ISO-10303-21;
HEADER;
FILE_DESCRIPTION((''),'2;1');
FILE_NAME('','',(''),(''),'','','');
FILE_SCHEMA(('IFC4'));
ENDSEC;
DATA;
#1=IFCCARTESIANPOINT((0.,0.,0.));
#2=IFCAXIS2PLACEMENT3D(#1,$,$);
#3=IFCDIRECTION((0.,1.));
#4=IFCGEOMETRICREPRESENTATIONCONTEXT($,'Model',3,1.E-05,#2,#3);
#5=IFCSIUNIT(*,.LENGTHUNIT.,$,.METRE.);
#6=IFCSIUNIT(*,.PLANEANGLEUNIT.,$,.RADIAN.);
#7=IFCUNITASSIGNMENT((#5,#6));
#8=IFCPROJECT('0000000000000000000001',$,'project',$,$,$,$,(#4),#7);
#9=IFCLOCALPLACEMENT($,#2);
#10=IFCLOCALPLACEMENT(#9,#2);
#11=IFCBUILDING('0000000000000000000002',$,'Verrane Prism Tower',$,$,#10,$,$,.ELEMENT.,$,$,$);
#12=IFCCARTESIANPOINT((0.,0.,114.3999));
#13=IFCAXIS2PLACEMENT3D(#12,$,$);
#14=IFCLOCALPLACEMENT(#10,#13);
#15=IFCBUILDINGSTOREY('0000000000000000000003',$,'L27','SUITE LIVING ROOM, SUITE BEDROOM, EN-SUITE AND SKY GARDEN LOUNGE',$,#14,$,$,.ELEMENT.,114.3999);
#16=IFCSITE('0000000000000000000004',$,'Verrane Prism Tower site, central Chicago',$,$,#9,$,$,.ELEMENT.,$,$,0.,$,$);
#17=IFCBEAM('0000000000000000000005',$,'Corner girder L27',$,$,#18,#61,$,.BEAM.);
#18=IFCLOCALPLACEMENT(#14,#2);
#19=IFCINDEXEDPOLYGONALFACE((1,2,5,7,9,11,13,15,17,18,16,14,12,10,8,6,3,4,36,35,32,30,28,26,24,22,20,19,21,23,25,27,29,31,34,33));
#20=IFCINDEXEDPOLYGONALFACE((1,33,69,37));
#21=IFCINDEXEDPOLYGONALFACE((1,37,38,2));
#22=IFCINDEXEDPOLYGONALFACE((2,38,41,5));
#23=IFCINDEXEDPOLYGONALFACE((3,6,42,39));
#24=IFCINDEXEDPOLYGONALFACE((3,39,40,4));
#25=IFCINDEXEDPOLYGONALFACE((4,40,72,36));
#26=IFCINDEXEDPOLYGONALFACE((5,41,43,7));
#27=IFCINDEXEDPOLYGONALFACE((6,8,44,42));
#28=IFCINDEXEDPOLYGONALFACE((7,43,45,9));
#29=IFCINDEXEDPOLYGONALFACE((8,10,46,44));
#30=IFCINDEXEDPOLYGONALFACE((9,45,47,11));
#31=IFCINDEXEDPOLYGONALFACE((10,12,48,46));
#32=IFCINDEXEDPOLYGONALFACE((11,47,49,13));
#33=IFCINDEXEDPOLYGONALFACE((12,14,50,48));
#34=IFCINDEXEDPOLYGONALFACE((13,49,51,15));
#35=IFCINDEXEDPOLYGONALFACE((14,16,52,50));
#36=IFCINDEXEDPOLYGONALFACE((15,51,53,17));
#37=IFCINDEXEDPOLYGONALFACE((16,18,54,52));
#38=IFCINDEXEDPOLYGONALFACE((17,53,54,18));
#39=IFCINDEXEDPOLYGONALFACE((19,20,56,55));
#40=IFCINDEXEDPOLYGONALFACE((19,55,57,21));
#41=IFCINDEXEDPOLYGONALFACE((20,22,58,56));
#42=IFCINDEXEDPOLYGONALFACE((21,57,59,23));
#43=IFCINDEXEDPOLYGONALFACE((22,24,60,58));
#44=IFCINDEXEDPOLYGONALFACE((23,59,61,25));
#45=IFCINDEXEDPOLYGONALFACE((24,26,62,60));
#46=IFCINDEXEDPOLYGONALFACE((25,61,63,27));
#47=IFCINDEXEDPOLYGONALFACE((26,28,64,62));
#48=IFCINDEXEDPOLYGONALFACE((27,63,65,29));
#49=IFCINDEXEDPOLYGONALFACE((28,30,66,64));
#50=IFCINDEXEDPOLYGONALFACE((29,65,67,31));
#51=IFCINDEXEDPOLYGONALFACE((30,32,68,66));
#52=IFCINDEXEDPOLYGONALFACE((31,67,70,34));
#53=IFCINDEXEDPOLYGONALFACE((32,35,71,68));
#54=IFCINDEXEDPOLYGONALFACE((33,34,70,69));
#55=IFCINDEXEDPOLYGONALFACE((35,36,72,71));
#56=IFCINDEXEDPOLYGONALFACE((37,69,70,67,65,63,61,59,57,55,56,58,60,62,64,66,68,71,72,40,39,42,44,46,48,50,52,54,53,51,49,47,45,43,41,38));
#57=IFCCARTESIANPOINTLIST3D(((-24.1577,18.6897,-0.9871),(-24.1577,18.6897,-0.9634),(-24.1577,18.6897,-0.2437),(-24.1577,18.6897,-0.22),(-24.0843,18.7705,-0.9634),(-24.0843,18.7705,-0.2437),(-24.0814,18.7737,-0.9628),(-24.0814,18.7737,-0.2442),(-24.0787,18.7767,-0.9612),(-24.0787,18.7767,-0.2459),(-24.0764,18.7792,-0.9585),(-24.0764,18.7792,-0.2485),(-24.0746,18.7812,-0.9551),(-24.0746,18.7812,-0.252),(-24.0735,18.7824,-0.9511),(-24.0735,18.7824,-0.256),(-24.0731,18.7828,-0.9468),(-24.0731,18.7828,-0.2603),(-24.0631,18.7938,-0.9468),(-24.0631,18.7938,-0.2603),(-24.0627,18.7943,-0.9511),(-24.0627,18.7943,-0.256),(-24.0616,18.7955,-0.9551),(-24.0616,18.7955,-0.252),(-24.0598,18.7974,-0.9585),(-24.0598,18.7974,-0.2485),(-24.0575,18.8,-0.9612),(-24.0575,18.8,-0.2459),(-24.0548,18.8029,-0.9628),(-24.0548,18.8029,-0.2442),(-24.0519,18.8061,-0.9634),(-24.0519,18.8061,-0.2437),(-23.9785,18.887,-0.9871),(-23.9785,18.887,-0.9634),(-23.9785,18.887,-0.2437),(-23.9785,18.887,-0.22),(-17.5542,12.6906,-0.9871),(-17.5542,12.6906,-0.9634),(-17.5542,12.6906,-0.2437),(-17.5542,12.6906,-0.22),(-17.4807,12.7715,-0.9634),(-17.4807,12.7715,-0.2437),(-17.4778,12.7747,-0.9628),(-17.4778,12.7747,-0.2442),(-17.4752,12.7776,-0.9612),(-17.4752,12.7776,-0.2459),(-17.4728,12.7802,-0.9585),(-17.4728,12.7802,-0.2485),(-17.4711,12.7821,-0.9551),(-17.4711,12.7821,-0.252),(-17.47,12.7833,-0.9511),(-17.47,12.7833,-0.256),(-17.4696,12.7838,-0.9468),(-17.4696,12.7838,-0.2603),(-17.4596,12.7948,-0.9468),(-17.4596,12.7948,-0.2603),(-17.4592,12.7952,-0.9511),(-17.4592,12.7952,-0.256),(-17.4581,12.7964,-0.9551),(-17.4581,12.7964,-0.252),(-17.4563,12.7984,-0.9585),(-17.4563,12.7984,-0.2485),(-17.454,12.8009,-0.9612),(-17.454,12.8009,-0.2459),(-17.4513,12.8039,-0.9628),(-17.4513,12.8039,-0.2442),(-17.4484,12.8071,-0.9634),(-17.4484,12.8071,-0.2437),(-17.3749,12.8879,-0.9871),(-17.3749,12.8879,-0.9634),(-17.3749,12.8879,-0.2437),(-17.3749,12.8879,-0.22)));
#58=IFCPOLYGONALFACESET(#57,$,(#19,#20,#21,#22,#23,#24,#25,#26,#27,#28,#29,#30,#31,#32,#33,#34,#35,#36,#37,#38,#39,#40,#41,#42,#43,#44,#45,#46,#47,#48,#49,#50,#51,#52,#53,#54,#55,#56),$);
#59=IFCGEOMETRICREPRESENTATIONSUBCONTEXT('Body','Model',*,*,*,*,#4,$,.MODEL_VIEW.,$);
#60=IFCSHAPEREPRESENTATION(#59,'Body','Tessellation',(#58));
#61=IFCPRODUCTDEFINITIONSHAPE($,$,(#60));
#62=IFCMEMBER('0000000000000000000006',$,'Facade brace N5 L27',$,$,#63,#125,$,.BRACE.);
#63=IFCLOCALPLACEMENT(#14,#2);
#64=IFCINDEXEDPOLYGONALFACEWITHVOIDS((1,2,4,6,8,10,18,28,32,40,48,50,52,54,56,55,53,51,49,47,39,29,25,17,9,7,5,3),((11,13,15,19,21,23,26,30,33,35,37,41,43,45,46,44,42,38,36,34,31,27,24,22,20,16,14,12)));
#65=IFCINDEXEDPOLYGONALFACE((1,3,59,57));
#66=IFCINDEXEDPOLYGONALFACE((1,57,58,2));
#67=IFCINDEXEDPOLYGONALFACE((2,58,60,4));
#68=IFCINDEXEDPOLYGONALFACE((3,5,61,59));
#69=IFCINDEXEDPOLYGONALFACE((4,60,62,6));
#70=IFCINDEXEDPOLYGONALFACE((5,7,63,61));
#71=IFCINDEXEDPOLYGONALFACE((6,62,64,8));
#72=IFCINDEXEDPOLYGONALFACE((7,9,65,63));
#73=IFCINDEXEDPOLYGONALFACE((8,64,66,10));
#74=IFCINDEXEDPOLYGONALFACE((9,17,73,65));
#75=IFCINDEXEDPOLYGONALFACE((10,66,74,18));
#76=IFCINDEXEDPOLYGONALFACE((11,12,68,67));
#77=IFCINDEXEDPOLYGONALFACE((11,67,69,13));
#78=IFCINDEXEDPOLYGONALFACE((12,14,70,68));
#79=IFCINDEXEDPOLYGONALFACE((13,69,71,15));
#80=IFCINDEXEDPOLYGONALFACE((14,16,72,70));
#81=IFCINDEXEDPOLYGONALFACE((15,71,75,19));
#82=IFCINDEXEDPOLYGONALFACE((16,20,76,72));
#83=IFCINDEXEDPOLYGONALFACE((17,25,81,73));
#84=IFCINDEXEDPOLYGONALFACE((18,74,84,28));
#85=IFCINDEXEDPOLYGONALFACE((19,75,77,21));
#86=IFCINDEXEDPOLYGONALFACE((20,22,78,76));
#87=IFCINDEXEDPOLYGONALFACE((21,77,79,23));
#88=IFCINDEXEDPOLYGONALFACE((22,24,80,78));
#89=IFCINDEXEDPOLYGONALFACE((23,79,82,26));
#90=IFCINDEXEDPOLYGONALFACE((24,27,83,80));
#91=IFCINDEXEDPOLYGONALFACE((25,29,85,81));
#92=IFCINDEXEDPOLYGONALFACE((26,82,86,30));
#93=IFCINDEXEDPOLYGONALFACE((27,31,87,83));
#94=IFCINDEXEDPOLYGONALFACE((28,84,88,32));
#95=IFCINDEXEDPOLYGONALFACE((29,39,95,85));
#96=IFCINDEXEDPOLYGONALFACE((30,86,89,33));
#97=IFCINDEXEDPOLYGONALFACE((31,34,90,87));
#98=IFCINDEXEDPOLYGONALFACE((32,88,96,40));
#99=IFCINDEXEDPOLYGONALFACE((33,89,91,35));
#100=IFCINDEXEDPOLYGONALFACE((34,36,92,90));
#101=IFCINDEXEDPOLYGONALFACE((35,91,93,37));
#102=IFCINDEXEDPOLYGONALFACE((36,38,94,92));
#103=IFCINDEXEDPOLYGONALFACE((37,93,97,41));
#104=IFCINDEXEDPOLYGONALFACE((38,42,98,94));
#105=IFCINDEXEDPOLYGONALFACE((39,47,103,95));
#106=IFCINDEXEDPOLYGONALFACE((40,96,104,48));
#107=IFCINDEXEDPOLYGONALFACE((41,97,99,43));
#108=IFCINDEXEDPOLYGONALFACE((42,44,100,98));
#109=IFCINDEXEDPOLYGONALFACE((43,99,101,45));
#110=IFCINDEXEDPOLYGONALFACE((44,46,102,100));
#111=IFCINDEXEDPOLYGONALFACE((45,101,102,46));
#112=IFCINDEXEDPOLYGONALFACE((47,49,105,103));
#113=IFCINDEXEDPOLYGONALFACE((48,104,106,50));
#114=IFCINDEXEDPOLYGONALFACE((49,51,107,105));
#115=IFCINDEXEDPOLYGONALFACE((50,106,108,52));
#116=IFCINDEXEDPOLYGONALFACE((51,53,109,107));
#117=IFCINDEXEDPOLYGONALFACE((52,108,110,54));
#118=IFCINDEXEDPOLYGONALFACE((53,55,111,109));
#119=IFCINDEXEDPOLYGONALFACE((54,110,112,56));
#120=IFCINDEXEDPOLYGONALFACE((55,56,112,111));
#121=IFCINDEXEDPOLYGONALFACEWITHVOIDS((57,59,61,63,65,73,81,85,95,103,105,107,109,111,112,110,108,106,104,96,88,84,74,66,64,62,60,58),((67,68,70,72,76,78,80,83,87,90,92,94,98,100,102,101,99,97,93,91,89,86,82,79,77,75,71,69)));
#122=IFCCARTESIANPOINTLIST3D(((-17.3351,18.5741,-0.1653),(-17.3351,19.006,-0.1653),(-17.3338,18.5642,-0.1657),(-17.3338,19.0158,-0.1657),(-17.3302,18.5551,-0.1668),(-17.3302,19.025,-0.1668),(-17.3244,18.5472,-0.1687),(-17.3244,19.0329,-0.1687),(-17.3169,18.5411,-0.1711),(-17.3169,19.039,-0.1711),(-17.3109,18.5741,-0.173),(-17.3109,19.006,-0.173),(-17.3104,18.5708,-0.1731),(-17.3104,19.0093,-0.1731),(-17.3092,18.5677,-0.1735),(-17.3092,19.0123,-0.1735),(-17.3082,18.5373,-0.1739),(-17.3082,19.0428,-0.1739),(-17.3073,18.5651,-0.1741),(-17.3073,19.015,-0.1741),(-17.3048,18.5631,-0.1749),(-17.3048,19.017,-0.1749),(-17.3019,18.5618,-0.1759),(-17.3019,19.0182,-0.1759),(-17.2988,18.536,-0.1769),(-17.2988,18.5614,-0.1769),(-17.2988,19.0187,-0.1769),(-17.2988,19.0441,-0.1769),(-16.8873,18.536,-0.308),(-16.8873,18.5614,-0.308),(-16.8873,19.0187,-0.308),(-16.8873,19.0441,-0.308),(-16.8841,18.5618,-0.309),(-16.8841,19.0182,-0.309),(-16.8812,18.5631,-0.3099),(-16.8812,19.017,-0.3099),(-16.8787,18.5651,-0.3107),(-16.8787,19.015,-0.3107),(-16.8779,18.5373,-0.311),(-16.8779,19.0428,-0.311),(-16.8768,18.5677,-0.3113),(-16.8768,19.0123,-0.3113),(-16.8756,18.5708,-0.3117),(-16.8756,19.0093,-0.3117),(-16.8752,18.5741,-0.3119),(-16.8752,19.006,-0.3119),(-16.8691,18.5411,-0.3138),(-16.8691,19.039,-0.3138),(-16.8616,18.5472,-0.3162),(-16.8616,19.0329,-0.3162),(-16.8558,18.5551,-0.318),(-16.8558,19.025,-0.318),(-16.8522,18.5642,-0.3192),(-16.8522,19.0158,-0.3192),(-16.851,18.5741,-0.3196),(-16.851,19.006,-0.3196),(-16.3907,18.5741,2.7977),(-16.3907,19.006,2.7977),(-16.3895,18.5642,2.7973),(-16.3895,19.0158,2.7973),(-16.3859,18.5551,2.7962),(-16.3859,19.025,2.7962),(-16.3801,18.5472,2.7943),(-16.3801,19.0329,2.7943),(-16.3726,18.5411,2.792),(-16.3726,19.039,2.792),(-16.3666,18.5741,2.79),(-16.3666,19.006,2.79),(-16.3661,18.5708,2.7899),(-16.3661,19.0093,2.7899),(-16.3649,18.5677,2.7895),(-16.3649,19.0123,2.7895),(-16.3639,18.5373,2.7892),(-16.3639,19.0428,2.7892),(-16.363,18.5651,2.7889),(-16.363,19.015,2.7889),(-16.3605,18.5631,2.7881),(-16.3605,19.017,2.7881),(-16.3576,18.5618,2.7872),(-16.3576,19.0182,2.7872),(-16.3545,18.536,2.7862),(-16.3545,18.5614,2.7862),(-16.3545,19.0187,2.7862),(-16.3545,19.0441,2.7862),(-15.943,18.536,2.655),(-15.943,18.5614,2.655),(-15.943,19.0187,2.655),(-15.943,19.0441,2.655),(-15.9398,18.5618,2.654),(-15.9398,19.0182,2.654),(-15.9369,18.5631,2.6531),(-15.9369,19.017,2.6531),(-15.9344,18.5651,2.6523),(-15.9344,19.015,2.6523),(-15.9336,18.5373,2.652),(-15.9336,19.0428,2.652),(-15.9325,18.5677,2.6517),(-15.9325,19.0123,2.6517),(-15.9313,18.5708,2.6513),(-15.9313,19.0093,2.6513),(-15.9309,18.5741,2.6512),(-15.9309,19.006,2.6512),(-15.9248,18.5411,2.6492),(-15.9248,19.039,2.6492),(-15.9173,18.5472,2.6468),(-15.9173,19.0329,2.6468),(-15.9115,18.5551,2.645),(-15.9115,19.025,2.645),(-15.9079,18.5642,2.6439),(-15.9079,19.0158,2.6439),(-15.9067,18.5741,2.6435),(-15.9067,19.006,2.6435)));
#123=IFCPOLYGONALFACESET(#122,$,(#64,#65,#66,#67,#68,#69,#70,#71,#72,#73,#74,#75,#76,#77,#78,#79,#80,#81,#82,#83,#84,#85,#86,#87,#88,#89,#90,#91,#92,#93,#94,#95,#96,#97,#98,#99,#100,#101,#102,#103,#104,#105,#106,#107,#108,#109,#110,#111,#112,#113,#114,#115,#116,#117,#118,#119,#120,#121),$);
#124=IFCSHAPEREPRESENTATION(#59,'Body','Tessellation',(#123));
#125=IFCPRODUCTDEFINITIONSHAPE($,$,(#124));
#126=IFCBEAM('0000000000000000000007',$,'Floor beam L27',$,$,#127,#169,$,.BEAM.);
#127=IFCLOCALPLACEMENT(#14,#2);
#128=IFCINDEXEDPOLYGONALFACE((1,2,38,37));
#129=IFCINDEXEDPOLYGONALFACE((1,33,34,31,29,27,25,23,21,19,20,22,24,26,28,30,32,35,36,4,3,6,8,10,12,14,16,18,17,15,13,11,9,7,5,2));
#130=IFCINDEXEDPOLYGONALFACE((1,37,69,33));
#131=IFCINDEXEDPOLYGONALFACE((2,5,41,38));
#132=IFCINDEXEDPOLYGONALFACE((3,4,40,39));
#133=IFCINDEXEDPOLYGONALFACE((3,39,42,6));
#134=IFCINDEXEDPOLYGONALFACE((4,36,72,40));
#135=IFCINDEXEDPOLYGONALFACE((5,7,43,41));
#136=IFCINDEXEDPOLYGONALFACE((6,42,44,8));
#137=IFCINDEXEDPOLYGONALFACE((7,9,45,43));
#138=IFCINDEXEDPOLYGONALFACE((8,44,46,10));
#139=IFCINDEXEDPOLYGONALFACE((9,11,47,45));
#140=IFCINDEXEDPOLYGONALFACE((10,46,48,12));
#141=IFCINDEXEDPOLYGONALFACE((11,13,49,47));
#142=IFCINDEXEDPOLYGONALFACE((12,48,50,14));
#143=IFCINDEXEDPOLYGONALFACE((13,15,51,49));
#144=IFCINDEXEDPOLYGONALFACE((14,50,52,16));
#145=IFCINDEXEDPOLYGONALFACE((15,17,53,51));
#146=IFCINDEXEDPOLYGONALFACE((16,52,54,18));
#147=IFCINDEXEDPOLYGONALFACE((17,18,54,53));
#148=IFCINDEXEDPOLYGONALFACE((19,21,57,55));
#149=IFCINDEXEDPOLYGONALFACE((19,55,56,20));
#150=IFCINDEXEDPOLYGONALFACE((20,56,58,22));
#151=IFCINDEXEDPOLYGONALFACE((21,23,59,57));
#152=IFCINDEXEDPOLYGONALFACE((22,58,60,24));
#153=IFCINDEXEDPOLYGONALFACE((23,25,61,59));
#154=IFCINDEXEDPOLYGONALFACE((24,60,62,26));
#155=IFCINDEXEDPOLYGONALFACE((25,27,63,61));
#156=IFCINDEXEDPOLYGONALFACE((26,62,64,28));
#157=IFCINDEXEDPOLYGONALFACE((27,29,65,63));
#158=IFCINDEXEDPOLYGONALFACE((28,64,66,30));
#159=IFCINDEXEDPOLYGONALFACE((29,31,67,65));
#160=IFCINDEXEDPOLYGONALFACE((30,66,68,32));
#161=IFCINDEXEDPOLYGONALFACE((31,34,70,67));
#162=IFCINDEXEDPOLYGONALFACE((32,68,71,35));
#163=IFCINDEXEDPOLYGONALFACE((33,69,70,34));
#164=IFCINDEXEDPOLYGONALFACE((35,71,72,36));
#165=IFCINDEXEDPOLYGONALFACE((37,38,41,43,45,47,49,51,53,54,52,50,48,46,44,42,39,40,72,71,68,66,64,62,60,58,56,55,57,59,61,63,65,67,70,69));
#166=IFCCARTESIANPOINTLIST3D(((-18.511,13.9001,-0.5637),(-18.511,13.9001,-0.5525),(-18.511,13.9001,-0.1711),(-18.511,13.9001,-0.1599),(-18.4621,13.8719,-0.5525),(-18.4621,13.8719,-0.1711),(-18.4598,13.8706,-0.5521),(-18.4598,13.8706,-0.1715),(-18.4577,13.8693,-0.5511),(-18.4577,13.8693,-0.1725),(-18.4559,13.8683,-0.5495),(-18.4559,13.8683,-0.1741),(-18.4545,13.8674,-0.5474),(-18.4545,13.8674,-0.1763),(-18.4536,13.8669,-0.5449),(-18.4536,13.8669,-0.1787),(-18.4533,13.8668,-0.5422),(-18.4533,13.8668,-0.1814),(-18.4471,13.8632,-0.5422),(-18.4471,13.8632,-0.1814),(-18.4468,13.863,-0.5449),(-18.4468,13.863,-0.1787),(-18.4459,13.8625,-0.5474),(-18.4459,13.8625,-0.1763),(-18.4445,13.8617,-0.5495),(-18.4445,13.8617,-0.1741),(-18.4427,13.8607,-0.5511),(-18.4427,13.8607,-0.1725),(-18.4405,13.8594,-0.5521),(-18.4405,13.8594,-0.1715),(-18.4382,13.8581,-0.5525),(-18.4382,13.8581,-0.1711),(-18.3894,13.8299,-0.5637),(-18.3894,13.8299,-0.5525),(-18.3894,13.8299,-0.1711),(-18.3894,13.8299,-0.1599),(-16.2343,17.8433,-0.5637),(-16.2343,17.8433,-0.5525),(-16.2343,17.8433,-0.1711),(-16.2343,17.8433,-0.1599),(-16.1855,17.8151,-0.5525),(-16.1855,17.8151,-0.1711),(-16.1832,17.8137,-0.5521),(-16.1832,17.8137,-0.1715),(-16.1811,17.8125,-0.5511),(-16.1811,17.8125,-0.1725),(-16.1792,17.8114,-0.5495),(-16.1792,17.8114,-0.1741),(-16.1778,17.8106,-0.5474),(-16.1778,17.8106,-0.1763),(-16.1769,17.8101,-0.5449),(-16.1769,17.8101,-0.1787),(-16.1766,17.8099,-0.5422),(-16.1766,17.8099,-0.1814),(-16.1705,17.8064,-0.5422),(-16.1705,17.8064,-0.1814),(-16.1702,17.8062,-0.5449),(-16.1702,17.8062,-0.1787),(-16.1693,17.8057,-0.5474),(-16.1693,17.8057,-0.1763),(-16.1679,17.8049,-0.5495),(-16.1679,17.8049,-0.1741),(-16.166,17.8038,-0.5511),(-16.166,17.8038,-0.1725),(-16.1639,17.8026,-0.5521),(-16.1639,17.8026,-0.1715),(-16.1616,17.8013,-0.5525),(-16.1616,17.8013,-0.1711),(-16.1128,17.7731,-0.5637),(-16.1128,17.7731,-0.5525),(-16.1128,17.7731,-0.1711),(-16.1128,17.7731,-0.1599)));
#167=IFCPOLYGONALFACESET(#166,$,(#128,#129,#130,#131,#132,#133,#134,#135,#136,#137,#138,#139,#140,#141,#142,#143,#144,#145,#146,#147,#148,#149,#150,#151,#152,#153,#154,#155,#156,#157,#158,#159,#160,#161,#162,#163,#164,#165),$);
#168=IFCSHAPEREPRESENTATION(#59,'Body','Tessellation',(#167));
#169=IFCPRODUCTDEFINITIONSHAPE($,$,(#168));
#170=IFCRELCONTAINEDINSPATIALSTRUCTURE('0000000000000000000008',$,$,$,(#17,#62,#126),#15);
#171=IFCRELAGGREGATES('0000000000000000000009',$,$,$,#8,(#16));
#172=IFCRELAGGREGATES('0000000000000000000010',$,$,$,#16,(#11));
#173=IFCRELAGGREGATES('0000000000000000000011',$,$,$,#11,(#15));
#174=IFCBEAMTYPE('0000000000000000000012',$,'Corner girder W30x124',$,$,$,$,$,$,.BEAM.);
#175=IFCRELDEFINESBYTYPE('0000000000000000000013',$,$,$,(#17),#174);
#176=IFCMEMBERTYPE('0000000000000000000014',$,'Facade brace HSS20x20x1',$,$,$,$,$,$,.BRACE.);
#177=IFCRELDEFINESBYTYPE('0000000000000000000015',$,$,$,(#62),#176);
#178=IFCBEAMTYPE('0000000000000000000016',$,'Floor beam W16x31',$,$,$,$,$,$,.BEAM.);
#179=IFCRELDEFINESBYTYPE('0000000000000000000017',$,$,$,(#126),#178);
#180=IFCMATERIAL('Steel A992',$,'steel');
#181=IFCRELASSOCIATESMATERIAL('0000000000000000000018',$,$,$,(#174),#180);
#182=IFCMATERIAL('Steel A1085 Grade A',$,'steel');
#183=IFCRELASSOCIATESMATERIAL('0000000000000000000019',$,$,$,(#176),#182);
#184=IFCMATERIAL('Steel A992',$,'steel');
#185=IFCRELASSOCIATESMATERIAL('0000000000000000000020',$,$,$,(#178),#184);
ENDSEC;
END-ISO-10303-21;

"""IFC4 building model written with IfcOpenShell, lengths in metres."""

from ifc_helpers import new_model, si_unit, direction, frame, origin, origin_2d, place, context, subcontext, project, spatial, hollow_rectangle, i_section, extrude, material, material_profile, profile_set, type_object, element, save


model = new_model("IFC4")

# Units and contexts
model_context = context("Model", 3, precision=1e-05, world=origin(), true_north=direction((0.0, 1.0)))
body_context = subcontext(model_context, "Body", "Model", "MODEL_VIEW")
ifc_project = project(units=[si_unit("LENGTHUNIT", "METRE"), si_unit("PLANEANGLEUNIT", "RADIAN")], contexts=[model_context])

# Site, building, storey
site_placement = place(None, origin())
site = spatial("IfcSite", under=ifc_project, at=site_placement, Name="Verrane Prism Tower site, central Chicago", CompositionType="ELEMENT", RefElevation=0.0)
building_placement = place(site_placement, origin())
building = spatial("IfcBuilding", under=site, at=building_placement, Name="Verrane Prism Tower", CompositionType="ELEMENT")
storey_placement = place(building_placement, frame((0.0, 0.0, 114.3999)))
storey = spatial("IfcBuildingStorey", under=building, at=storey_placement, Name="L27", Description="SUITE LIVING ROOM, SUITE BEDROOM, EN-SUITE AND SKY GARDEN LOUNGE", CompositionType="ELEMENT", Elevation=114.3999)

# Beam
ifc_material_1 = material(Name="Steel A992", Category="steel")
ifc_material_profile_1 = material_profile(ifc_material_1, i_section(OverallWidth=0.2666, OverallDepth=0.7671, WebThickness=0.0149, FlangeThickness=0.0237, FilletRadius=0.0166, at=origin_2d()), Name="W30x124")
ifc_profile_set_1 = profile_set([ifc_material_profile_1], Name="Steel A992")
beam_type_1 = type_object("IfcBeamType", Name="Corner girder W30x124", PredefinedType="BEAM", material=ifc_profile_set_1)
beam_1_placement = place(storey_placement, frame((-24.0681, 18.7883, -0.6035), z_axis=(0.740173, -0.672417, 0.0), x_axis=(0.672417, 0.740173, 0.0)))
element("IfcBeam", 1, at=beam_1_placement, inside=storey, type_object=beam_type_1, Name="Corner girder L27", PredefinedType="BEAM", context=body_context, shape_type="SweptSolid", body=[
    extrude(i_section(OverallWidth=0.2666, OverallDepth=0.7671, WebThickness=0.0149, FlangeThickness=0.0237, FilletRadius=0.0166, at=origin_2d()), origin(), (0.0, 0.0, 1.0), 8.9216),
])

# Member
ifc_material_2 = material(Name="Steel A1085 Grade A", Category="steel")
ifc_material_profile_2 = material_profile(ifc_material_2, hollow_rectangle(XDim=0.5081, YDim=0.5081, WallThickness=0.0254, InnerFilletRadius=0.0127, OuterFilletRadius=0.0381, at=origin_2d()), Name="HSS20x20x1")
ifc_profile_set_2 = profile_set([ifc_material_profile_2], Name="Steel A1085 Grade A")
member_type_1 = type_object("IfcMemberType", Name="Facade brace HSS20x20x1", PredefinedType="BRACE", material=ifc_profile_set_2)
member_1_placement = place(storey_placement, frame((-17.093, 18.79, -0.2424), z_axis=(0.303648, 0.0, 0.952784), x_axis=(0.0, 1.0, 0.0)))
element("IfcMember", 2, at=member_1_placement, inside=storey, type_object=member_type_1, Name="Facade brace N5 L27", PredefinedType="BRACE", context=body_context, shape_type="SweptSolid", body=[
    extrude(hollow_rectangle(XDim=0.5081, YDim=0.5081, WallThickness=0.0254, InnerFilletRadius=0.0127, OuterFilletRadius=0.0381, at=origin_2d()), origin(), (0.0, 0.0, 1.0), 3.1099),
])

# Beam
ifc_material_3 = material(Name="Steel A992", Category="steel")
ifc_material_profile_3 = material_profile(ifc_material_3, i_section(OverallWidth=0.1404, OverallDepth=0.4038, WebThickness=0.0071, FlangeThickness=0.0112, FilletRadius=0.0103, at=origin_2d()), Name="W16x31")
ifc_profile_set_3 = profile_set([ifc_material_profile_3], Name="Steel A992")
beam_type_2 = type_object("IfcBeamType", Name="Floor beam W16x31", PredefinedType="BEAM", material=ifc_profile_set_3)
beam_2_placement = place(storey_placement, frame((-18.4502, 13.865, -0.3618), z_axis=(0.500009, 0.86602, 0.0), x_axis=(-0.86602, 0.500009, 0.0)))
element("IfcBeam", 3, at=beam_2_placement, inside=storey, type_object=beam_type_2, Name="Floor beam L27", PredefinedType="BEAM", context=body_context, shape_type="SweptSolid", body=[
    extrude(i_section(OverallWidth=0.1404, OverallDepth=0.4038, WebThickness=0.0071, FlangeThickness=0.0112, FilletRadius=0.0103, at=origin_2d()), origin(), (0.0, 0.0, 1.0), 4.5532),
])

save(model, "model.ifc")
